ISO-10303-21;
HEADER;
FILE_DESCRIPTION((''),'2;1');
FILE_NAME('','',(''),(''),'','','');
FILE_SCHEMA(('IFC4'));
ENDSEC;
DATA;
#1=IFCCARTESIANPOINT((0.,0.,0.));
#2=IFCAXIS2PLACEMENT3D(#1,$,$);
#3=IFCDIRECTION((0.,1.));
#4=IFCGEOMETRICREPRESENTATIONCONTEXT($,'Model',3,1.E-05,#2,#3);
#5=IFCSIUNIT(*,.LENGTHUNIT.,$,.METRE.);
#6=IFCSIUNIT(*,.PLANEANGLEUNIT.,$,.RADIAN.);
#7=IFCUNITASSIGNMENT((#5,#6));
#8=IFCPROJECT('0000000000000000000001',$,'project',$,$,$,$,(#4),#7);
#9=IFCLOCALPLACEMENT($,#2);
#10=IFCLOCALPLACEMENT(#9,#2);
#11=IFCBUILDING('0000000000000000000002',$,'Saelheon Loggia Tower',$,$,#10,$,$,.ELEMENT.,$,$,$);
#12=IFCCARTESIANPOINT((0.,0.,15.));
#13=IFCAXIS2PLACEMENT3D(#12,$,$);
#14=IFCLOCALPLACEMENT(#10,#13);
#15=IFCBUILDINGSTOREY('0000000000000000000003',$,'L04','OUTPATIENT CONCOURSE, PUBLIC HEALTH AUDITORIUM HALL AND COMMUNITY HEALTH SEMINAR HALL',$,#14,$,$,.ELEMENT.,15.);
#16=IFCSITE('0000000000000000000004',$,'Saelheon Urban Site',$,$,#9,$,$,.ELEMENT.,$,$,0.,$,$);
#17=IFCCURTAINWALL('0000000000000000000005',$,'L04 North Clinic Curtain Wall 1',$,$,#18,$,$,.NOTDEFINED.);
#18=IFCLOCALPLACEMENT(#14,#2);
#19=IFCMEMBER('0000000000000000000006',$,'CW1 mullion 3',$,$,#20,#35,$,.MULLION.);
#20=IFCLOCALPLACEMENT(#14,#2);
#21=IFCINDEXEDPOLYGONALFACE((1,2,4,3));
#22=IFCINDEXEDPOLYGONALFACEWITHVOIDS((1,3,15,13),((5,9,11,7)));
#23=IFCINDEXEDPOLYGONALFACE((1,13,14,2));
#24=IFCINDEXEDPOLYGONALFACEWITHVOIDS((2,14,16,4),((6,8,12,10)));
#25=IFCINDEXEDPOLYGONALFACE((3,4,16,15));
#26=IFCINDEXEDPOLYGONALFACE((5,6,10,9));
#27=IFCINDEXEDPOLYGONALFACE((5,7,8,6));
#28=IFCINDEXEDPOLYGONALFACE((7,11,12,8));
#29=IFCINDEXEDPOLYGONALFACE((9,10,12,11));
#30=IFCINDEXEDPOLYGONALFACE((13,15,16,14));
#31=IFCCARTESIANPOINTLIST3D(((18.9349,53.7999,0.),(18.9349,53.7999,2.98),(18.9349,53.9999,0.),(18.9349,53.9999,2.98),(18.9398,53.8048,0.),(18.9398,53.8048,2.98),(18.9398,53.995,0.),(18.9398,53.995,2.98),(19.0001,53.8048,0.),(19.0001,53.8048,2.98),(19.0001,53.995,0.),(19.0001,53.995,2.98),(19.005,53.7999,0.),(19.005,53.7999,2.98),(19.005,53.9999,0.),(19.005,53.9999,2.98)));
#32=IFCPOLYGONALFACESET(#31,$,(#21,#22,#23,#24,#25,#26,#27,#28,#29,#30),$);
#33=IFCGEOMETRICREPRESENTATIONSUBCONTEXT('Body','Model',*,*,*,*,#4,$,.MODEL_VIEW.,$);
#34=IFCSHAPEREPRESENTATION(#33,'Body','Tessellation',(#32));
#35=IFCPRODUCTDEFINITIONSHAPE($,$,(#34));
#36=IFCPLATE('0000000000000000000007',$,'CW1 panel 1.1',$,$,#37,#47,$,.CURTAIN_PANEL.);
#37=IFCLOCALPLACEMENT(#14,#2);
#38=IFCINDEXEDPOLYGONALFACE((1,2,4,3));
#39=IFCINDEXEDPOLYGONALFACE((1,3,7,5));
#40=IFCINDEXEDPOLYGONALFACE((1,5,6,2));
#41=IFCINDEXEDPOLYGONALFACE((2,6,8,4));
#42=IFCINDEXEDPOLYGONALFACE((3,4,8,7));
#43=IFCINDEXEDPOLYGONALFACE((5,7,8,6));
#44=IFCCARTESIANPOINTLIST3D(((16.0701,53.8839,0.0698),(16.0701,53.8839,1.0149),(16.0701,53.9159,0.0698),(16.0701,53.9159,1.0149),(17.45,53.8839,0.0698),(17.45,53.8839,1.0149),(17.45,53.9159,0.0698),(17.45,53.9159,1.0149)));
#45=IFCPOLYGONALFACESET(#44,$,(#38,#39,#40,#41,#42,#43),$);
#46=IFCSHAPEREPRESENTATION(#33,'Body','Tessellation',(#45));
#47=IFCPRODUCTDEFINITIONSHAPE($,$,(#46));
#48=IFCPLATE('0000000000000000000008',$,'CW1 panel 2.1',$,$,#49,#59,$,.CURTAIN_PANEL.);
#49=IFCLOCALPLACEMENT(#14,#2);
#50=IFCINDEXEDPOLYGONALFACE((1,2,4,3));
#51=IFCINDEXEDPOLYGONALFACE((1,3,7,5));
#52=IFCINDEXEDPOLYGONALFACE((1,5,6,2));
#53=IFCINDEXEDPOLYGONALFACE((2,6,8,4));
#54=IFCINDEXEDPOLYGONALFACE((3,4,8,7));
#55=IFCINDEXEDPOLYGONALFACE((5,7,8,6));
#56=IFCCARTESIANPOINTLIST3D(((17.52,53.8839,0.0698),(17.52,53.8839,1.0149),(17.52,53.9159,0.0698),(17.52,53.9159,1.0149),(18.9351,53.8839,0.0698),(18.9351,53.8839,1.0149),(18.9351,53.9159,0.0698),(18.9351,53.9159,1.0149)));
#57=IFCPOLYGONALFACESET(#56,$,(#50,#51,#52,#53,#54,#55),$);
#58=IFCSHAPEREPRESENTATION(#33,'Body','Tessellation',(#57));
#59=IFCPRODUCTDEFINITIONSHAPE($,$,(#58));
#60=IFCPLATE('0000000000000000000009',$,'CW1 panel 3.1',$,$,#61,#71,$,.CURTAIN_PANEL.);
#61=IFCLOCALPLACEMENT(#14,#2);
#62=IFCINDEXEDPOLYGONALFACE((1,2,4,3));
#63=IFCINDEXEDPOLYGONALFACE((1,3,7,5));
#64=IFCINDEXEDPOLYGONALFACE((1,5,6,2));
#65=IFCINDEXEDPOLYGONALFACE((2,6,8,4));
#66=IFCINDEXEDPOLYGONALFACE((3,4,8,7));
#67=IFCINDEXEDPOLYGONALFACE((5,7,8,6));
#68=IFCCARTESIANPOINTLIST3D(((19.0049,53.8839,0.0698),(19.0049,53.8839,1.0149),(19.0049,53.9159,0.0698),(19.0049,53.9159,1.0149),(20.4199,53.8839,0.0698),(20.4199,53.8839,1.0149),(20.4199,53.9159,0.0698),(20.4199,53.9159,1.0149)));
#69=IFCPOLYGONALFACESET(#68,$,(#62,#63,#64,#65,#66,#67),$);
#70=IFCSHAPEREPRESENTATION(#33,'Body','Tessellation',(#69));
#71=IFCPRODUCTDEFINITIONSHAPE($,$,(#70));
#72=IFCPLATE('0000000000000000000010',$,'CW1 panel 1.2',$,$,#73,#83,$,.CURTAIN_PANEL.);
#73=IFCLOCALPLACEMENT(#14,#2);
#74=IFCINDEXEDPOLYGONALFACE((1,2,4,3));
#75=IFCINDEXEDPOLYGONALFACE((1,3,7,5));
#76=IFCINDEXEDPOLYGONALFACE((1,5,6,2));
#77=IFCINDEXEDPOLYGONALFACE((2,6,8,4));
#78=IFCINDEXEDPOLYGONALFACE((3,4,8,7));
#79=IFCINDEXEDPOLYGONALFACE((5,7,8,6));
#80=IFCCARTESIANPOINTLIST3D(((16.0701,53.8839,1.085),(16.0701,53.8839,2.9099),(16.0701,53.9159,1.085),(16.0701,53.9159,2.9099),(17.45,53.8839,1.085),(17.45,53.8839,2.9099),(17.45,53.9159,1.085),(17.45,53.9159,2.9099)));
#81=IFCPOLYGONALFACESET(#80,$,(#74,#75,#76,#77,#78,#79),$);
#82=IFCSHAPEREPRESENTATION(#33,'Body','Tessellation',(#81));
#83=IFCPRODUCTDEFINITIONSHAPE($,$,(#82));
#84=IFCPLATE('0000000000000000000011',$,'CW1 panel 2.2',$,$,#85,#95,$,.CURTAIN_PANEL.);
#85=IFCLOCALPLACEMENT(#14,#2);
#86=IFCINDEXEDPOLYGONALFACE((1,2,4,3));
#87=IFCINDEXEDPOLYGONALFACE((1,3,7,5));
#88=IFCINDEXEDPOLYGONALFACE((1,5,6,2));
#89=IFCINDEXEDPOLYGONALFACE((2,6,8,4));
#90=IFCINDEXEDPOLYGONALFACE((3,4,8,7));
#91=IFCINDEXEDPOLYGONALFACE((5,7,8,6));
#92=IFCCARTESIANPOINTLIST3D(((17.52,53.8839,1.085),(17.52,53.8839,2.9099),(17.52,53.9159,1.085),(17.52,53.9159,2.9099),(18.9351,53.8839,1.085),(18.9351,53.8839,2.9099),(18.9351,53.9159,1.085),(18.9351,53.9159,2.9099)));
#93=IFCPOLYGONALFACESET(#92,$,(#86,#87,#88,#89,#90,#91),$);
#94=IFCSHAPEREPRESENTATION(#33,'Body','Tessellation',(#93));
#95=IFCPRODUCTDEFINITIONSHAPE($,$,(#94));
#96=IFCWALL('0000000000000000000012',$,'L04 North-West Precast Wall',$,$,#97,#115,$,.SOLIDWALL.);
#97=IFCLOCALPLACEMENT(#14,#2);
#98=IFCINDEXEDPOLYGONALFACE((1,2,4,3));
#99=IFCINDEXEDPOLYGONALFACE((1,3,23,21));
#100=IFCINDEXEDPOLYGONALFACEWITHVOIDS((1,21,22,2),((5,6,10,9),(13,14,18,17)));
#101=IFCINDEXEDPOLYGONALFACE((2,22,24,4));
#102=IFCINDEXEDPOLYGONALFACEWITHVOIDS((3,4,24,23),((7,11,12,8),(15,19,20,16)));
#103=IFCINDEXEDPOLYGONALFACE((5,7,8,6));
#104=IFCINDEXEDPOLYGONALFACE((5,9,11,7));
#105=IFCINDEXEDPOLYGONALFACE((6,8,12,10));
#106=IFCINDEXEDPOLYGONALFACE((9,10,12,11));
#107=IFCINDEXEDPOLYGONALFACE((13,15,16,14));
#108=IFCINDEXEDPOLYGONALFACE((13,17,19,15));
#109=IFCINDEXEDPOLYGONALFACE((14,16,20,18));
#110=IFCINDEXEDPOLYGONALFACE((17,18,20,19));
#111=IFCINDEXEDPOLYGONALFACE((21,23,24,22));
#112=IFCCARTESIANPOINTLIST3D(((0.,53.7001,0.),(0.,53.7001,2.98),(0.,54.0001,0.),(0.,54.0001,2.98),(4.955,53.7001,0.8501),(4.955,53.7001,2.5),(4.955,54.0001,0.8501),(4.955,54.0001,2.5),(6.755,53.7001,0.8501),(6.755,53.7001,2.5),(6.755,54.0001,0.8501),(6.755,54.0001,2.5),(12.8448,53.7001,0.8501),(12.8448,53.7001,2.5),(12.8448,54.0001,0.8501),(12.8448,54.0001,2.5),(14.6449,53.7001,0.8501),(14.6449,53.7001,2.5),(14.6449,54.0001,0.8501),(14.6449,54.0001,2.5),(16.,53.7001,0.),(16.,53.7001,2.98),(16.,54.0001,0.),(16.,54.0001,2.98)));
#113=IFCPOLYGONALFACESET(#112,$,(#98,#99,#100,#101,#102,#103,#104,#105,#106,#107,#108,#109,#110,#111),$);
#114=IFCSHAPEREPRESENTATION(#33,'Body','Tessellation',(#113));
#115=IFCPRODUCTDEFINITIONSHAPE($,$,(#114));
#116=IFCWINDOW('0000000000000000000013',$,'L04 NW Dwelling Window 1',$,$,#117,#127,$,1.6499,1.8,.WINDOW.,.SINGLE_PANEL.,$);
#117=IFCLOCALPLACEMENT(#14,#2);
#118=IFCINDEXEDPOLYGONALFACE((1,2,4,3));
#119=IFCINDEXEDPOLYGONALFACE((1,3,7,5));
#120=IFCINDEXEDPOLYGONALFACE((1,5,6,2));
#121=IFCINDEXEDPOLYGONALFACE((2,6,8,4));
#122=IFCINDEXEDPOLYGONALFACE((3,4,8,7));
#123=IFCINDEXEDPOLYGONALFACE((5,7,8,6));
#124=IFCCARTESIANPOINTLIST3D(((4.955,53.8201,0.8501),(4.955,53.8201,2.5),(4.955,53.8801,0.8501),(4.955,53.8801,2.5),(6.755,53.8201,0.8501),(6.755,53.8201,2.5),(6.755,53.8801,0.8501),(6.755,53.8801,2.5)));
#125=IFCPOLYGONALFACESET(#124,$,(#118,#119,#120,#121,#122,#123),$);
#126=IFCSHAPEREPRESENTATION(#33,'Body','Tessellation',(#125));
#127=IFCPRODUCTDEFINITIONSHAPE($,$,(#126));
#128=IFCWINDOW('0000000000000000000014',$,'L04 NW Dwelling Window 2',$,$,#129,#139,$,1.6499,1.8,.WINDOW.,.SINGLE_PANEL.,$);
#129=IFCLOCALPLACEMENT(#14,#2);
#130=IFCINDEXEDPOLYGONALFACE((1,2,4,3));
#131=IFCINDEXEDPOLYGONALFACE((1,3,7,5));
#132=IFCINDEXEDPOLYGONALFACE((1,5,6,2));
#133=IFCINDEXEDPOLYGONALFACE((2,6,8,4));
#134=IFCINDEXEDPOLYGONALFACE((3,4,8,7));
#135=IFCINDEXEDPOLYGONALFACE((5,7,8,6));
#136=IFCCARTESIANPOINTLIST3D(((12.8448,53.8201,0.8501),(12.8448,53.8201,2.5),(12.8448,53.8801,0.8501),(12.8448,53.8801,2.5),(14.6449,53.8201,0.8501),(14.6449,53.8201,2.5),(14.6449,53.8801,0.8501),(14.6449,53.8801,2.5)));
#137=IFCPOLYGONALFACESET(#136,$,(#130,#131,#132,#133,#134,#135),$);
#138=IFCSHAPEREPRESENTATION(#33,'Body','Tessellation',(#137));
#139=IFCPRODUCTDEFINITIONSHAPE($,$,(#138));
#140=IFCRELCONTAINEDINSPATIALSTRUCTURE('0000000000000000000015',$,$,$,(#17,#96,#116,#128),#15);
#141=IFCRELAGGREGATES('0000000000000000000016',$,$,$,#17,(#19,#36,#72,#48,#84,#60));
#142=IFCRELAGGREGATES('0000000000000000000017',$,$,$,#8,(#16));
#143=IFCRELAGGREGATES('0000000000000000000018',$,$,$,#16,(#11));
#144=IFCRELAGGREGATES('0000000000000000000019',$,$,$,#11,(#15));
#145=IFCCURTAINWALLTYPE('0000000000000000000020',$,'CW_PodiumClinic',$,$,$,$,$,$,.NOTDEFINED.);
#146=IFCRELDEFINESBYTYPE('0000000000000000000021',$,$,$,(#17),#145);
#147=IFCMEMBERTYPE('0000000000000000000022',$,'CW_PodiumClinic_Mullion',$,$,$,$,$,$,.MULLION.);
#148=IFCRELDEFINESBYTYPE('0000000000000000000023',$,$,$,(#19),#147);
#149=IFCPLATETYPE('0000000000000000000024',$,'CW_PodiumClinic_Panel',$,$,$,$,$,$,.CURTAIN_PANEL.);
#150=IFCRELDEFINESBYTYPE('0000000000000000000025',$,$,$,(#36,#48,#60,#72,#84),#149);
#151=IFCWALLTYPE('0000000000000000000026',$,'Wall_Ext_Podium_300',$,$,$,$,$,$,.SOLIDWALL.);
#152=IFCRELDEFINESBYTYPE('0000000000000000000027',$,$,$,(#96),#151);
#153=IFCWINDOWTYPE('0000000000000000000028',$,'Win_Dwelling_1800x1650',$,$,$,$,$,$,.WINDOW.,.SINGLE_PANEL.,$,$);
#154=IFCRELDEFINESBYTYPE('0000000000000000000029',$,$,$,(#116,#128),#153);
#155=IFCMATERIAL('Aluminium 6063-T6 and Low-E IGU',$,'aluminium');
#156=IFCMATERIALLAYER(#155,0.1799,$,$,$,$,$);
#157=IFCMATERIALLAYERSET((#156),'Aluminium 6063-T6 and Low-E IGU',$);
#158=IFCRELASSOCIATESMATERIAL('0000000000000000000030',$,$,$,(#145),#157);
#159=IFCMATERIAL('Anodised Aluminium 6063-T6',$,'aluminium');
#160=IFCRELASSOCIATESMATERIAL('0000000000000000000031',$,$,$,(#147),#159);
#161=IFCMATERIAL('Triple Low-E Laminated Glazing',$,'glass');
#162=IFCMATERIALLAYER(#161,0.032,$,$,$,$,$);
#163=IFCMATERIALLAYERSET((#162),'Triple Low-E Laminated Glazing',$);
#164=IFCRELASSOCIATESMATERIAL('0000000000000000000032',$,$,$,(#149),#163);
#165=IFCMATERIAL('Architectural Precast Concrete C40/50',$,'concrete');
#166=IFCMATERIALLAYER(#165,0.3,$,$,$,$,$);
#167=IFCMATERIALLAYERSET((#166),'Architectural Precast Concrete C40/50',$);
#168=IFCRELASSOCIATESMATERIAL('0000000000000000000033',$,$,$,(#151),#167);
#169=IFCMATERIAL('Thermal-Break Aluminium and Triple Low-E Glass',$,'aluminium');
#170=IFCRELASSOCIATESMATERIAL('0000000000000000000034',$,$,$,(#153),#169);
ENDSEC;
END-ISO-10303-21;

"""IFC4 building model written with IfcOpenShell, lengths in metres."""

from ifc_helpers import new_model, si_unit, direction, frame, frame_2d, origin, origin_2d, place, context, subcontext, project, spatial, rectangle, hollow_rectangle, extrude, source, transform, mapped, material, layer, layer_set, material_profile, profile_set, type_object, element, fill, aggregate, save


model = new_model("IFC4")

# Units and contexts
model_context = context("Model", 3, precision=1e-05, world=origin(), true_north=direction((0.0, 1.0)))
body_context = subcontext(model_context, "Body", "Model", "MODEL_VIEW")
ifc_project = project(units=[si_unit("LENGTHUNIT", "METRE"), si_unit("PLANEANGLEUNIT", "RADIAN")], contexts=[model_context])

# Site, building, storey
site_placement = place(None, origin())
site = spatial("IfcSite", under=ifc_project, at=site_placement, Name="Saelheon Urban Site", CompositionType="ELEMENT", RefElevation=0.0)
building_placement = place(site_placement, origin())
building = spatial("IfcBuilding", under=site, at=building_placement, Name="Saelheon Loggia Tower", CompositionType="ELEMENT")
storey_placement = place(building_placement, frame((0.0, 0.0, 15.0)))
storey = spatial("IfcBuildingStorey", under=building, at=storey_placement, Name="L04", Description="OUTPATIENT CONCOURSE, PUBLIC HEALTH AUDITORIUM HALL AND COMMUNITY HEALTH SEMINAR HALL", CompositionType="ELEMENT", Elevation=15.0)

# Curtain wall, member, plates
ifc_material_1 = material(Name="Aluminium 6063-T6 and Low-E IGU", Category="aluminium")
ifc_layer_1 = layer(ifc_material_1, 0.1799)
ifc_layer_set_1 = layer_set([ifc_layer_1], Name="Aluminium 6063-T6 and Low-E IGU")
curtain_wall_type = type_object("IfcCurtainWallType", Name="CW_PodiumClinic", PredefinedType="NOTDEFINED", material=ifc_layer_set_1)
curtain_wall_placement = place(storey_placement, origin())
curtain_wall = element("IfcCurtainWall", 1, at=curtain_wall_placement, inside=storey, type_object=curtain_wall_type, Name="L04 North Clinic Curtain Wall 1", PredefinedType="NOTDEFINED")
ifc_material_2 = material(Name="Anodised Aluminium 6063-T6", Category="aluminium")
ifc_material_profile_1 = material_profile(ifc_material_2, hollow_rectangle(XDim=0.0701, YDim=0.2, WallThickness=0.0049, at=origin_2d()), Name="RHS-200x70x5")
ifc_profile_set_1 = profile_set([ifc_material_profile_1], Name="Anodised Aluminium 6063-T6")
member_type_1 = type_object("IfcMemberType", Name="CW_PodiumClinic_Mullion", PredefinedType="MULLION", material=ifc_profile_set_1)
shared_shape_1 = source(origin(), body_context, "Body", "SweptSolid", [
    extrude(hollow_rectangle(XDim=0.0701, YDim=0.2, WallThickness=0.0049, at=origin_2d()), origin(), (0.0, 0.0, 1.0), 2.98),
])
member_1_placement = place(storey_placement, frame((18.97, 53.8999, 0.0), z_axis=(0.0, 0.0, 1.0), x_axis=(1.0, 0.0, 0.0)))
member_1 = element("IfcMember", 2, at=member_1_placement, type_object=member_type_1, Name="CW1 mullion 3", PredefinedType="MULLION", context=body_context, shape_type="MappedRepresentation", body=[
    mapped(shared_shape_1, transform((0.0, 0.0, 0.0), scale=1.0)),
])
ifc_material_3 = material(Name="Triple Low-E Laminated Glazing", Category="glass")
ifc_layer_2 = layer(ifc_material_3, 0.032)
ifc_layer_set_2 = layer_set([ifc_layer_2], Name="Triple Low-E Laminated Glazing")
plate_type = type_object("IfcPlateType", Name="CW_PodiumClinic_Panel", PredefinedType="CURTAIN_PANEL", material=ifc_layer_set_2)
shared_shape_2 = source(origin(), body_context, "Body", "SweptSolid", [
    extrude(rectangle(XDim=1.3799, YDim=0.032, at=origin_2d()), origin(), (0.0, 0.0, 1.0), 0.9451),
])
plate_1_placement = place(storey_placement, frame((16.76, 53.8999, 0.0698), z_axis=(0.0, 0.0, 1.0), x_axis=(1.0, 0.0, 0.0)))
plate_1 = element("IfcPlate", 3, at=plate_1_placement, type_object=plate_type, Name="CW1 panel 1.1", PredefinedType="CURTAIN_PANEL", context=body_context, shape_type="MappedRepresentation", body=[
    mapped(shared_shape_2, transform((0.0, 0.0, 0.0), scale=1.0)),
])
shared_shape_3 = source(origin(), body_context, "Body", "SweptSolid", [
    extrude(rectangle(XDim=1.415, YDim=0.032, at=origin_2d()), origin(), (0.0, 0.0, 1.0), 0.9451),
])
plate_2_placement = place(storey_placement, frame((18.2275, 53.8999, 0.0698), z_axis=(0.0, 0.0, 1.0), x_axis=(1.0, 0.0, 0.0)))
plate_2 = element("IfcPlate", 4, at=plate_2_placement, type_object=plate_type, Name="CW1 panel 2.1", PredefinedType="CURTAIN_PANEL", context=body_context, shape_type="MappedRepresentation", body=[
    mapped(shared_shape_3, transform((0.0, 0.0, 0.0), scale=1.0)),
])
plate_3_placement = place(storey_placement, frame((19.7124, 53.8999, 0.0698), z_axis=(0.0, 0.0, 1.0), x_axis=(1.0, 0.0, 0.0)))
plate_3 = element("IfcPlate", 5, at=plate_3_placement, type_object=plate_type, Name="CW1 panel 3.1", PredefinedType="CURTAIN_PANEL", context=body_context, shape_type="MappedRepresentation", body=[
    mapped(shared_shape_3, transform((0.0, 0.0, 0.0), scale=1.0)),
])
shared_shape_4 = source(origin(), body_context, "Body", "SweptSolid", [
    extrude(rectangle(XDim=1.3799, YDim=0.032, at=origin_2d()), origin(), (0.0, 0.0, 1.0), 1.825),
])
plate_4_placement = place(storey_placement, frame((16.76, 53.8999, 1.085), z_axis=(0.0, 0.0, 1.0), x_axis=(1.0, 0.0, 0.0)))
plate_4 = element("IfcPlate", 6, at=plate_4_placement, type_object=plate_type, Name="CW1 panel 1.2", PredefinedType="CURTAIN_PANEL", context=body_context, shape_type="MappedRepresentation", body=[
    mapped(shared_shape_4, transform((0.0, 0.0, 0.0), scale=1.0)),
])
shared_shape_5 = source(origin(), body_context, "Body", "SweptSolid", [
    extrude(rectangle(XDim=1.415, YDim=0.032, at=origin_2d()), origin(), (0.0, 0.0, 1.0), 1.825),
])
plate_5_placement = place(storey_placement, frame((18.2275, 53.8999, 1.085), z_axis=(0.0, 0.0, 1.0), x_axis=(1.0, 0.0, 0.0)))
plate_5 = element("IfcPlate", 7, at=plate_5_placement, type_object=plate_type, Name="CW1 panel 2.2", PredefinedType="CURTAIN_PANEL", context=body_context, shape_type="MappedRepresentation", body=[
    mapped(shared_shape_5, transform((0.0, 0.0, 0.0), scale=1.0)),
])
aggregate(curtain_wall, [member_1, plate_1, plate_4, plate_2, plate_5, plate_3])

# Wall, openings, windows
ifc_material_4 = material(Name="Architectural Precast Concrete C40/50", Category="concrete")
ifc_layer_3 = layer(ifc_material_4, 0.3)
ifc_layer_set_3 = layer_set([ifc_layer_3], Name="Architectural Precast Concrete C40/50")
wall_type = type_object("IfcWallType", Name="Wall_Ext_Podium_300", PredefinedType="SOLIDWALL", material=ifc_layer_set_3)
wall_placement = place(storey_placement, frame((0.0, 53.8501, 0.0), z_axis=(0.0, 0.0, 1.0), x_axis=(1.0, 0.0, 0.0)))
wall = element("IfcWall", 8, at=wall_placement, inside=storey, type_object=wall_type, Name="L04 North-West Precast Wall", PredefinedType="SOLIDWALL", context=body_context, shape_type="SweptSolid", body=[
    extrude(rectangle(XDim=16.0, YDim=0.3, at=frame_2d((8.0, 0.0))), origin(), (0.0, 0.0, 1.0), 2.98),
])
opening_1_placement = place(wall_placement, frame((4.9551, 0.0, 0.8501)))
opening_1 = element("IfcOpeningElement", 9, at=opening_1_placement, cuts=wall, PredefinedType="OPENING", context=body_context, shape_type="SweptSolid", body=[
    extrude(rectangle(XDim=1.8, YDim=1.6499, at=frame_2d((0.8999, 0.825))), frame((0.0, 0.1621, 0.0), z_axis=(0.0, -1.0, 0.0), x_axis=(1.0, 0.0, 0.0)), (0.0, 0.0, 1.0), 0.324),
])
opening_2_placement = place(wall_placement, frame((12.845, 0.0, 0.8501)))
opening_2 = element("IfcOpeningElement", 10, at=opening_2_placement, cuts=wall, PredefinedType="OPENING", context=body_context, shape_type="SweptSolid", body=[
    extrude(rectangle(XDim=1.8, YDim=1.6499, at=frame_2d((0.8999, 0.825))), frame((0.0, 0.1621, 0.0), z_axis=(0.0, -1.0, 0.0), x_axis=(1.0, 0.0, 0.0)), (0.0, 0.0, 1.0), 0.324),
])
ifc_material_5 = material(Name="Thermal-Break Aluminium and Triple Low-E Glass", Category="aluminium")
window_type = type_object("IfcWindowType", Name="Win_Dwelling_1800x1650", PartitioningType="SINGLE_PANEL", PredefinedType="WINDOW", material=ifc_material_5)
shared_shape_6 = source(origin(), body_context, "Body", "SweptSolid", [
    extrude(rectangle(XDim=1.8, YDim=1.6499, at=frame_2d((0.8999, 0.825))), frame((0.0, 0.03, 0.0), z_axis=(0.0, -1.0, 0.0), x_axis=(1.0, 0.0, 0.0)), (0.0, 0.0, 1.0), 0.0601),
])
window_1_placement = place(opening_1_placement, origin())
window_1 = element("IfcWindow", 11, at=window_1_placement, inside=storey, type_object=window_type, Name="L04 NW Dwelling Window 1", OverallHeight=1.6499, OverallWidth=1.8, PartitioningType="SINGLE_PANEL", PredefinedType="WINDOW", context=body_context, shape_type="MappedRepresentation", body=[
    mapped(shared_shape_6, transform((0.0, 0.0, 0.0), scale=1.0)),
])
fill(opening_1, window_1)
window_2_placement = place(opening_2_placement, origin())
window_2 = element("IfcWindow", 12, at=window_2_placement, inside=storey, type_object=window_type, Name="L04 NW Dwelling Window 2", OverallHeight=1.6499, OverallWidth=1.8, PartitioningType="SINGLE_PANEL", PredefinedType="WINDOW", context=body_context, shape_type="MappedRepresentation", body=[
    mapped(shared_shape_6, transform((0.0, 0.0, 0.0), scale=1.0)),
])
fill(opening_2, window_2)

save(model, "model.ifc")
